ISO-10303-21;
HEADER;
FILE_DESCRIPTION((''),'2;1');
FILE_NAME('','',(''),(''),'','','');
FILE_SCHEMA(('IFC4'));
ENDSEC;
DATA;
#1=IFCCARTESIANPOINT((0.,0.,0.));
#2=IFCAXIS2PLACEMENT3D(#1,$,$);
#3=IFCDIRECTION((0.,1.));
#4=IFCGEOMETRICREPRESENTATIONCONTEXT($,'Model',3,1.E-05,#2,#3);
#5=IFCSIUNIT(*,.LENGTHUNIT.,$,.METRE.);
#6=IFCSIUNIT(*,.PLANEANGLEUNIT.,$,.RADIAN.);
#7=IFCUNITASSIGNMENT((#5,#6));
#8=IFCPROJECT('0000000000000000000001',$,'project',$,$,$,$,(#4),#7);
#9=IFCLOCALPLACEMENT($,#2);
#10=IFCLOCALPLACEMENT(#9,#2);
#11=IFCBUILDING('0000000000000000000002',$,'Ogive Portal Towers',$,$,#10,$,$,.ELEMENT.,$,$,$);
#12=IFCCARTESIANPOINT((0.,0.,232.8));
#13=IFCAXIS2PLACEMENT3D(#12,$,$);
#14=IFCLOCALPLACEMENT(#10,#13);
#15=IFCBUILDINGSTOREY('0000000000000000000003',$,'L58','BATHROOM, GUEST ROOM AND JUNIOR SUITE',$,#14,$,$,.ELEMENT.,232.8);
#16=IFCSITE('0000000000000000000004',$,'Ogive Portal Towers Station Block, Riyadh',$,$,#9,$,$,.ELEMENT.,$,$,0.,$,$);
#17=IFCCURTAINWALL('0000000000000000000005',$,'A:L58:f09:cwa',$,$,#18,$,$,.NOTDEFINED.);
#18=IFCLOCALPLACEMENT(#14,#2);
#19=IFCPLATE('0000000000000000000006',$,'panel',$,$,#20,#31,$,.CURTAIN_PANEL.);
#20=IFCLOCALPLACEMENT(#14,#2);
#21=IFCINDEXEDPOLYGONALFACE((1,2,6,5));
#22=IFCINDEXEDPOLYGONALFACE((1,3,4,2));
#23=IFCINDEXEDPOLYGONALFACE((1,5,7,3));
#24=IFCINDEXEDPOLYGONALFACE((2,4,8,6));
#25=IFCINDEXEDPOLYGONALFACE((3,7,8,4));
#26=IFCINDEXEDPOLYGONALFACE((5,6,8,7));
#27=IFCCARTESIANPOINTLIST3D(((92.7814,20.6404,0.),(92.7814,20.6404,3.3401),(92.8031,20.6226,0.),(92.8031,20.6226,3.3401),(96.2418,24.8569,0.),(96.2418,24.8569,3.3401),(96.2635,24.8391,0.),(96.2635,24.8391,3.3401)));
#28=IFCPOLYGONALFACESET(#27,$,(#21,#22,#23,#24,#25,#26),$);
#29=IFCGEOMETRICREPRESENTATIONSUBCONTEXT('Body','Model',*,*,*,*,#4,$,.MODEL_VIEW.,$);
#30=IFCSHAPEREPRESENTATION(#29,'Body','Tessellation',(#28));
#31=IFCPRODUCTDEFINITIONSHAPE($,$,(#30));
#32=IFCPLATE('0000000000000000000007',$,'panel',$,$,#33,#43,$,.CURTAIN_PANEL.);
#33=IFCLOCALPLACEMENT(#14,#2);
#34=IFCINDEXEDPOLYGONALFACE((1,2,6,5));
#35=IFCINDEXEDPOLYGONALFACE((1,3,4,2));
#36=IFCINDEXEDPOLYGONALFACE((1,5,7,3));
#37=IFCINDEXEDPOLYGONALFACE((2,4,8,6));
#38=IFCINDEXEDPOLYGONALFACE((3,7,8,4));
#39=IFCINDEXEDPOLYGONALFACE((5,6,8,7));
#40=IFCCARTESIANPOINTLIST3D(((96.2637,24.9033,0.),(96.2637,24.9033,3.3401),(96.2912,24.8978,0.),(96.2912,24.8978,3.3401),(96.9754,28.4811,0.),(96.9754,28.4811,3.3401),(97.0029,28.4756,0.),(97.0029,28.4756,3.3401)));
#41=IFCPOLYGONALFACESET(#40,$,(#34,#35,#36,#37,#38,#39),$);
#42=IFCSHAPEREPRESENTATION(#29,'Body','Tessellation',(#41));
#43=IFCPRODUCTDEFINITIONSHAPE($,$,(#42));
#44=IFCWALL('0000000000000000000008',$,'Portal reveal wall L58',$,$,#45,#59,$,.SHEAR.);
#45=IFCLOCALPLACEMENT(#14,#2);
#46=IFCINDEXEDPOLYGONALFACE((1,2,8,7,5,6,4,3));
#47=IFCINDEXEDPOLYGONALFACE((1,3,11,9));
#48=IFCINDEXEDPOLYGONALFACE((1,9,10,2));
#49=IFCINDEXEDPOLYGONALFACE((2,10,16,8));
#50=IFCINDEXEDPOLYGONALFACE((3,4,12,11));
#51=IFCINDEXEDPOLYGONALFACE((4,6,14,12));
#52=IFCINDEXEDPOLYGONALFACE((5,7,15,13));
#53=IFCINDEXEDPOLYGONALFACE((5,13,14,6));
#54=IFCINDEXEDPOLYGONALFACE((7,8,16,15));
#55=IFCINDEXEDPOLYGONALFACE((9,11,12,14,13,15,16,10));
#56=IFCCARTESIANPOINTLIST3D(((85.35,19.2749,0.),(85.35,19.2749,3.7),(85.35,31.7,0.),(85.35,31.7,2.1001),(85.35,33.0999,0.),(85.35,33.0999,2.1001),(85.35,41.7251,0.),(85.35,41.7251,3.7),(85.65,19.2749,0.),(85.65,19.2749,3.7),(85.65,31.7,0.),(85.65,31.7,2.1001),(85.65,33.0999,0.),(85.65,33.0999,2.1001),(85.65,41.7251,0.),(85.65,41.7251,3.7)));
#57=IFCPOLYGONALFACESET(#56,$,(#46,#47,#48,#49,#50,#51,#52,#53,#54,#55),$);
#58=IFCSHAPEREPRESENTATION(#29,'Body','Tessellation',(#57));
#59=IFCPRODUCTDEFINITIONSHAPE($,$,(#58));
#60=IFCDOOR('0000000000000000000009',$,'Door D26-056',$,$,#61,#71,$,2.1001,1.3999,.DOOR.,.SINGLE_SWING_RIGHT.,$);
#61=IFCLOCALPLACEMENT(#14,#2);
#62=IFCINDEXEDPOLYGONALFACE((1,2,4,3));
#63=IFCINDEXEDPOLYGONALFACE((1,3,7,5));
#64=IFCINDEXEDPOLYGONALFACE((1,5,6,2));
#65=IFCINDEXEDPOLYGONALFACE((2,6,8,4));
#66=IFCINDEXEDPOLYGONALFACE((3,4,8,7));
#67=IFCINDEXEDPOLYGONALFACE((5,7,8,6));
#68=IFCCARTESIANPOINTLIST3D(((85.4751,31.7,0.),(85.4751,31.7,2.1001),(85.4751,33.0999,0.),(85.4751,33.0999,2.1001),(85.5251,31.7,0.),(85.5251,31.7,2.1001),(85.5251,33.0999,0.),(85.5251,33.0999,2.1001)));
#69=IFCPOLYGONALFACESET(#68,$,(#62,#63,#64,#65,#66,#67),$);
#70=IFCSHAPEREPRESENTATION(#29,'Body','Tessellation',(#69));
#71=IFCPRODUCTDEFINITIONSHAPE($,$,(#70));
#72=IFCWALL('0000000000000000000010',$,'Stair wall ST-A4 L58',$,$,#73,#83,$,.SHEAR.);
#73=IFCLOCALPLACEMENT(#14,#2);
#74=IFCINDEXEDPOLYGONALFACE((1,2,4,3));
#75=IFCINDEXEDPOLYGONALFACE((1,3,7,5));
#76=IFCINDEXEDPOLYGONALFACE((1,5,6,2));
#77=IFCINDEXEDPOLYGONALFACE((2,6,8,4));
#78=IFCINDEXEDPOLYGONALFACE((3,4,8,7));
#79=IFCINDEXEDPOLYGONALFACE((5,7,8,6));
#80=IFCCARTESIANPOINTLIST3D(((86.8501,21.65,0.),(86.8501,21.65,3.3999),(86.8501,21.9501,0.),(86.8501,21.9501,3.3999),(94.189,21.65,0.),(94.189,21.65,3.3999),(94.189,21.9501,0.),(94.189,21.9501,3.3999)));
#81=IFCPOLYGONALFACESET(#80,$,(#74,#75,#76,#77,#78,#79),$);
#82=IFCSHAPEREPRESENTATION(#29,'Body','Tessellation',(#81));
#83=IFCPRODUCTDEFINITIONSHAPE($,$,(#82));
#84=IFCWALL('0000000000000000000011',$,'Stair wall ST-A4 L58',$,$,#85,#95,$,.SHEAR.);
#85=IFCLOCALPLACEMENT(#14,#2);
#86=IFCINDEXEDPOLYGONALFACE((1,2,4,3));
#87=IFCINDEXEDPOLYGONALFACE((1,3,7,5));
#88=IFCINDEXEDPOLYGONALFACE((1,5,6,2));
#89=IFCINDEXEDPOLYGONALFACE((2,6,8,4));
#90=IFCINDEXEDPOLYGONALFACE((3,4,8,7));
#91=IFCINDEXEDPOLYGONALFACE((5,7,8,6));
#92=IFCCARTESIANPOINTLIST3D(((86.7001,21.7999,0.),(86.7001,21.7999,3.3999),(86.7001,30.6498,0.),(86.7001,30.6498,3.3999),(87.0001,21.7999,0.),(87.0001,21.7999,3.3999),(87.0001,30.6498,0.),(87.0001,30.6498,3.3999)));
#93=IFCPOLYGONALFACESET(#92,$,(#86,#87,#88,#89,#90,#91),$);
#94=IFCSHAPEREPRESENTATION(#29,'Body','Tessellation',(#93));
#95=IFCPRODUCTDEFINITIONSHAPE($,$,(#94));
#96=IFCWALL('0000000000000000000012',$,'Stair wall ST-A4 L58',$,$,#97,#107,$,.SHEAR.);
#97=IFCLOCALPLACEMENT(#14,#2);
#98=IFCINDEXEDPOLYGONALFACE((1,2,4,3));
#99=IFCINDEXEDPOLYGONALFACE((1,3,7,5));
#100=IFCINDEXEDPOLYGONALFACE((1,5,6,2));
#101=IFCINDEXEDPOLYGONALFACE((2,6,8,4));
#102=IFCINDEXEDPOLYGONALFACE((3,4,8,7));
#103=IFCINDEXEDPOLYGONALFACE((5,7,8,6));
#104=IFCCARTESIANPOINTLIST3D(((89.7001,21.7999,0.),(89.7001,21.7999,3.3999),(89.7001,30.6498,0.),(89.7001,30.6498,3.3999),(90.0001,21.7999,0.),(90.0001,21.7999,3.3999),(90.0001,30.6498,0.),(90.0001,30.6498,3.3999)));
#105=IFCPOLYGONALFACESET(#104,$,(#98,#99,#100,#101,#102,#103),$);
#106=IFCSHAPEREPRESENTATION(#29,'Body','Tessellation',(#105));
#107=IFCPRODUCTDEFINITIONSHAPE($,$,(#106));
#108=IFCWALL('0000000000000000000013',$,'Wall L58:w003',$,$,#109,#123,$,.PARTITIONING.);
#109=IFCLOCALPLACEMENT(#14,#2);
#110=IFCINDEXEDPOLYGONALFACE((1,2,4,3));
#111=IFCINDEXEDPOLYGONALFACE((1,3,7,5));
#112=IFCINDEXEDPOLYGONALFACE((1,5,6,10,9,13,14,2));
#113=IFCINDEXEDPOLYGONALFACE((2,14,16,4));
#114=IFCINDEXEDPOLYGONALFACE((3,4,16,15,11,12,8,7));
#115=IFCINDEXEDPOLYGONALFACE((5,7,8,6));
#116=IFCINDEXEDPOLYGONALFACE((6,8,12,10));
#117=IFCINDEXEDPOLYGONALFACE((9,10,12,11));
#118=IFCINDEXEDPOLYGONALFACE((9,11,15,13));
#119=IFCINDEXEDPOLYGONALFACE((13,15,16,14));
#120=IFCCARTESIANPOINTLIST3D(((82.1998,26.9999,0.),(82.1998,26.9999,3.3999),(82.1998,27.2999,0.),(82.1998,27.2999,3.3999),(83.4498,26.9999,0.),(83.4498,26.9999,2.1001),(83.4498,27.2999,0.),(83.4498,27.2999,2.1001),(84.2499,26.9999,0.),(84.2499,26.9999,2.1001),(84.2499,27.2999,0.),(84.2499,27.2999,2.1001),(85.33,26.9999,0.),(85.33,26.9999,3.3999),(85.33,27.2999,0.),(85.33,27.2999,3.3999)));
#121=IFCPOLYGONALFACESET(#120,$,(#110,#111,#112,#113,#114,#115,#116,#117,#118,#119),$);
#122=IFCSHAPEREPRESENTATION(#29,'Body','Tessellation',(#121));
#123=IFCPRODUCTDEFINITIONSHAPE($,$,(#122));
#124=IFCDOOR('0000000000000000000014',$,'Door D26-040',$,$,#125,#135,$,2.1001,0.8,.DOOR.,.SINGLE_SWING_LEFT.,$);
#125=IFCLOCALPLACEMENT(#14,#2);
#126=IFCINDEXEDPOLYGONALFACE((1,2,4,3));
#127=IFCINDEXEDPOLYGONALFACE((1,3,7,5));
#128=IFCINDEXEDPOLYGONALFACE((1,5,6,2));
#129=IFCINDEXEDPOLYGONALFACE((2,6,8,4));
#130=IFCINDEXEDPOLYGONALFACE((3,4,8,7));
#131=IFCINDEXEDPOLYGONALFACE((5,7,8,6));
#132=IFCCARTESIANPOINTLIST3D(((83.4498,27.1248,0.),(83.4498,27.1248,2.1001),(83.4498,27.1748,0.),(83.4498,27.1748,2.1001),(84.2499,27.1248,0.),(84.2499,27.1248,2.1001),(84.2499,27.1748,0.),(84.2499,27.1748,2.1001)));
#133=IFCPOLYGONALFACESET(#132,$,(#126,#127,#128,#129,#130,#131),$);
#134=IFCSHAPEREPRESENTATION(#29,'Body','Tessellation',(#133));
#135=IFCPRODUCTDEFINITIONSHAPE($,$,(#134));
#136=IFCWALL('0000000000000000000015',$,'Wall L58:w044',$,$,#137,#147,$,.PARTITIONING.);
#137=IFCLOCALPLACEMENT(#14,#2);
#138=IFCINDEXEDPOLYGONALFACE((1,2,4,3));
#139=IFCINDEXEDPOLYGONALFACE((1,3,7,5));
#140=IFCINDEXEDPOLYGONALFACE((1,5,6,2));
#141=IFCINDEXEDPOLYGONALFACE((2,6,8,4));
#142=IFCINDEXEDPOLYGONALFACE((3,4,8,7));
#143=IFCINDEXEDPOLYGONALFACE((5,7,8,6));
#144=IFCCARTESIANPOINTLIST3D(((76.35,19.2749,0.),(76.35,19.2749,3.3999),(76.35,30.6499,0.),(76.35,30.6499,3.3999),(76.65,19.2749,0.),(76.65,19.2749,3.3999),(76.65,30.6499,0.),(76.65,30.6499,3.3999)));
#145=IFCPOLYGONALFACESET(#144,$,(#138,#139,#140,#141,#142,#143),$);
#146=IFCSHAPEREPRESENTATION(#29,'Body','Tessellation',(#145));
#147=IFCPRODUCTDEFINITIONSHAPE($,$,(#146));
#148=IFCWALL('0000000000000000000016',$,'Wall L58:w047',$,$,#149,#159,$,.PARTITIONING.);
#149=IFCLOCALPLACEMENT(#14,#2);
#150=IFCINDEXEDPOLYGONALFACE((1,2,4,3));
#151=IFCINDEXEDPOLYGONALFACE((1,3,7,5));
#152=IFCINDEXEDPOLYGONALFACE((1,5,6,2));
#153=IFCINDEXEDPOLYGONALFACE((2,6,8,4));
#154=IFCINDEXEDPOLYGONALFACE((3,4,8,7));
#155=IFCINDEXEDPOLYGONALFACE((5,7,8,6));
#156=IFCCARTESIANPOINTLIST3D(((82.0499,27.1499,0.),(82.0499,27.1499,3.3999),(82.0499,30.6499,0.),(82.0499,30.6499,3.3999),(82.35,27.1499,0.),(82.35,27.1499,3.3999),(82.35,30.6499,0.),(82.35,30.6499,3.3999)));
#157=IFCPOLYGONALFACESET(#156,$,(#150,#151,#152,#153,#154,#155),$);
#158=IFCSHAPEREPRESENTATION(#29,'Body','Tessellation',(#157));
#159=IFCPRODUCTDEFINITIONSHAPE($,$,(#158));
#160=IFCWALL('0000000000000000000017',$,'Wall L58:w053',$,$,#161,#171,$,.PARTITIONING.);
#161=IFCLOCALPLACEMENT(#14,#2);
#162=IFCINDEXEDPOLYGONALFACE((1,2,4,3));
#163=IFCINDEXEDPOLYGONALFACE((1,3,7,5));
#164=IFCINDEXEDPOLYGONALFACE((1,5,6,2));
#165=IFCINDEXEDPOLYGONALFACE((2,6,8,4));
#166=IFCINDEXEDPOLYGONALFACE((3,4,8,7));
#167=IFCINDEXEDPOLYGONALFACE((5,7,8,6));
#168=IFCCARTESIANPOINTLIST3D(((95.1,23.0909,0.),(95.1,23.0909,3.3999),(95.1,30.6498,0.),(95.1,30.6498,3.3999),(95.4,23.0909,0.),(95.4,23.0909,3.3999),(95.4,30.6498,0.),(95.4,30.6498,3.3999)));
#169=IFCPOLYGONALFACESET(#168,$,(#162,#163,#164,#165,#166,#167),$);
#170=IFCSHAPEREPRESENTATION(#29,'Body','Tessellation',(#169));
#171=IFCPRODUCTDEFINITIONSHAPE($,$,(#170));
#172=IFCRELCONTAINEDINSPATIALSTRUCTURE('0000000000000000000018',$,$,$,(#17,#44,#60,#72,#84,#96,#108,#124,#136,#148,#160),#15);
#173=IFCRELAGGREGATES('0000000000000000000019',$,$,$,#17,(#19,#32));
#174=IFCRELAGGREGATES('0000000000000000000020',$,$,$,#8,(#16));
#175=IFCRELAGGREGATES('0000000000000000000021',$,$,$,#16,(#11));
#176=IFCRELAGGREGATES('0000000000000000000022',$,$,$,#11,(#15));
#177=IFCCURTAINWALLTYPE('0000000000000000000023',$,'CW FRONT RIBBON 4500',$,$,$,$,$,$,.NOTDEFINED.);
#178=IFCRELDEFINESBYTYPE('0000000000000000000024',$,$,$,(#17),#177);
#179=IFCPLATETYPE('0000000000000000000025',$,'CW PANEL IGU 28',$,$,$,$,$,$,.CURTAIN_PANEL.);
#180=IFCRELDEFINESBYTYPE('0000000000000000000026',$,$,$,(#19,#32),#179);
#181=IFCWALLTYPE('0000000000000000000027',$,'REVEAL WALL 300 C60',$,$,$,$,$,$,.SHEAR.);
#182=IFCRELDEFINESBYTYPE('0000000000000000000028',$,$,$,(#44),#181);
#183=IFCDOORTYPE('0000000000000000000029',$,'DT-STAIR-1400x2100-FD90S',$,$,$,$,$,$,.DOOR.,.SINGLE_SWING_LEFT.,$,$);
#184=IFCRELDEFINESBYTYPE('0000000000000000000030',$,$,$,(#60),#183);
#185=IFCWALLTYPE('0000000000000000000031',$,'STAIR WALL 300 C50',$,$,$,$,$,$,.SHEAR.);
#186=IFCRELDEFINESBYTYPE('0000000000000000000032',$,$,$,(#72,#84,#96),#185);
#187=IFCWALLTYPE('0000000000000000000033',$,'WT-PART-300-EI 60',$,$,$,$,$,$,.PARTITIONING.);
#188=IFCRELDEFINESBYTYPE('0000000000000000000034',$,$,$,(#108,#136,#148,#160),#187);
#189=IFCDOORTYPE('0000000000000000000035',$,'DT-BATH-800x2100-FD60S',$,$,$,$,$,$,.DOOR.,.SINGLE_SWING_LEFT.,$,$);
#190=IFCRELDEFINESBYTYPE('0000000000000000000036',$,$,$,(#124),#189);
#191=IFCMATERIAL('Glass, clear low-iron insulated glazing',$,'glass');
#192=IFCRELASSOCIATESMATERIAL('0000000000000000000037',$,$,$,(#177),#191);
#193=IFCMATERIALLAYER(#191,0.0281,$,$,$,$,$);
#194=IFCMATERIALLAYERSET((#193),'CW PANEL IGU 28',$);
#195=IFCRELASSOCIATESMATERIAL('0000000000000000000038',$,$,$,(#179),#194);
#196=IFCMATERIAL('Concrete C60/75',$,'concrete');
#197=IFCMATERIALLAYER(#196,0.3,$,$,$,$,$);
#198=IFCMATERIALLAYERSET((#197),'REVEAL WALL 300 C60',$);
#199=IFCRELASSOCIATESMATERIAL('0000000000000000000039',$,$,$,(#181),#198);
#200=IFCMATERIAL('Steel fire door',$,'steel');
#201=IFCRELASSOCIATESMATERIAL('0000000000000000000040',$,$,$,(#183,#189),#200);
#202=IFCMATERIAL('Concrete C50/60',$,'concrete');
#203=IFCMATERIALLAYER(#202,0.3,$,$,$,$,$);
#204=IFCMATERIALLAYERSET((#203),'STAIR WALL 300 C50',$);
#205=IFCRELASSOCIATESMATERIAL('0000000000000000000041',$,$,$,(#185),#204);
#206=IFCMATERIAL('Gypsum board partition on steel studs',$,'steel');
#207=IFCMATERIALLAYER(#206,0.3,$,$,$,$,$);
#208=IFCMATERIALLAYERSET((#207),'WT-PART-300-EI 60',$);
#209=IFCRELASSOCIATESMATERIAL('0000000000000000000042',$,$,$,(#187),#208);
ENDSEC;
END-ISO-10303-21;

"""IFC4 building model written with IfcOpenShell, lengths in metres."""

from ifc_helpers import new_model, si_unit, direction, frame, frame_2d, origin, origin_2d, place, context, subcontext, project, spatial, rectangle, extrude, material, layer, layer_set, type_object, element, fill, aggregate, save


model = new_model("IFC4")

# Units and contexts
model_context = context("Model", 3, precision=1e-05, world=origin(), true_north=direction((0.0, 1.0)))
body_context = subcontext(model_context, "Body", "Model", "MODEL_VIEW")
ifc_project = project(units=[si_unit("LENGTHUNIT", "METRE"), si_unit("PLANEANGLEUNIT", "RADIAN")], contexts=[model_context])

# Site, building, storey
site_placement = place(None, origin())
site = spatial("IfcSite", under=ifc_project, at=site_placement, Name="Ogive Portal Towers Station Block, Riyadh", CompositionType="ELEMENT", RefElevation=0.0)
building_placement = place(site_placement, origin())
building = spatial("IfcBuilding", under=site, at=building_placement, Name="Ogive Portal Towers", CompositionType="ELEMENT")
storey_placement = place(building_placement, frame((0.0, 0.0, 232.8)))
storey = spatial("IfcBuildingStorey", under=building, at=storey_placement, Name="L58", Description="BATHROOM, GUEST ROOM AND JUNIOR SUITE", CompositionType="ELEMENT", Elevation=232.8)

# Shared definitions
ifc_material_1 = material(Name="Concrete C60/75", Category="concrete")

# Shared definitions
ifc_material_2 = material(Name="Glass, clear low-iron insulated glazing", Category="glass")
curtain_wall_type = type_object("IfcCurtainWallType", Name="CW FRONT RIBBON 4500", PredefinedType="NOTDEFINED", material=ifc_material_2)

# Curtain wall
curtain_wall_1_placement = place(storey_placement, origin())
curtain_wall_1 = element("IfcCurtainWall", 1, at=curtain_wall_1_placement, inside=storey, type_object=curtain_wall_type, Name="A:L58:f09:cwa", PredefinedType="NOTDEFINED")

# Plates
ifc_layer_1 = layer(ifc_material_2, 0.0281)
ifc_layer_set_1 = layer_set([ifc_layer_1], Name="CW PANEL IGU 28")
plate_type = type_object("IfcPlateType", Name="CW PANEL IGU 28", PredefinedType="CURTAIN_PANEL", material=ifc_layer_set_1)
plate_1_placement = place(storey_placement, frame((94.5225, 22.7397, 0.0), z_axis=(0.0, 0.0, 1.0), x_axis=(0.634393, 0.77301, 0.0)))
plate_1 = element("IfcPlate", 2, at=plate_1_placement, type_object=plate_type, Name="panel", PredefinedType="CURTAIN_PANEL", context=body_context, shape_type="SweptSolid", body=[
    extrude(rectangle(XDim=5.4546, YDim=0.0281, at=origin_2d()), origin(), (0.0, 0.0, 1.0), 3.3401),
])
plate_2_placement = place(storey_placement, frame((96.6333, 26.6895, 0.0), z_axis=(0.0, 0.0, 1.0), x_axis=(0.19509, 0.980785, 0.0)))
plate_2 = element("IfcPlate", 3, at=plate_2_placement, type_object=plate_type, Name="panel", PredefinedType="CURTAIN_PANEL", context=body_context, shape_type="SweptSolid", body=[
    extrude(rectangle(XDim=3.6479, YDim=0.0281, at=origin_2d()), origin(), (0.0, 0.0, 1.0), 3.3401),
])
aggregate(curtain_wall_1, [plate_1, plate_2])

# Wall, opening, door
ifc_layer_2 = layer(ifc_material_1, 0.3)
ifc_layer_set_2 = layer_set([ifc_layer_2], Name="REVEAL WALL 300 C60")
wall_type_1 = type_object("IfcWallType", Name="REVEAL WALL 300 C60", PredefinedType="SHEAR", material=ifc_layer_set_2)
wall_1_placement = place(storey_placement, frame((85.5, 19.2749, 0.0), z_axis=(0.0, 0.0, 1.0), x_axis=(0.0, 1.0, 0.0)))
wall_1 = element("IfcWall", 4, at=wall_1_placement, inside=storey, type_object=wall_type_1, Name="Portal reveal wall L58", PredefinedType="SHEAR", context=body_context, shape_type="SweptSolid", body=[
    extrude(rectangle(XDim=22.4502, YDim=0.3, at=frame_2d((11.2251, 0.0))), origin(), (0.0, 0.0, 1.0), 3.7),
])
opening_1_placement = place(wall_1_placement, frame((12.425, 0.0, 0.0)))
opening_1 = element("IfcOpeningElement", 5, at=opening_1_placement, cuts=wall_1, PredefinedType="OPENING", context=body_context, shape_type="SweptSolid", body=[
    extrude(rectangle(XDim=1.3999, YDim=2.1001, at=frame_2d((0.7, 1.05))), frame((0.0, 0.1602, 0.0), z_axis=(0.0, -1.0, 0.0), x_axis=(1.0, 0.0, 0.0)), (0.0, 0.0, 1.0), 0.3201),
])
ifc_material_3 = material(Name="Steel fire door", Category="steel")
door_type_1 = type_object("IfcDoorType", Name="DT-STAIR-1400x2100-FD90S", OperationType="SINGLE_SWING_LEFT", PredefinedType="DOOR", material=ifc_material_3)
door_1_placement = place(opening_1_placement, origin())
door_1 = element("IfcDoor", 6, at=door_1_placement, inside=storey, type_object=door_type_1, Name="Door D26-056", OperationType="SINGLE_SWING_RIGHT", OverallHeight=2.1001, OverallWidth=1.3999, PredefinedType="DOOR", context=body_context, shape_type="SweptSolid", body=[
    extrude(rectangle(XDim=1.3999, YDim=2.1001, at=frame_2d((0.7, 1.05))), frame((0.0, 0.0249, 0.0), z_axis=(0.0, -1.0, 0.0), x_axis=(1.0, 0.0, 0.0)), (0.0, 0.0, 1.0), 0.05),
])
fill(opening_1, door_1)

# Walls
ifc_material_4 = material(Name="Concrete C50/60", Category="concrete")
ifc_layer_3 = layer(ifc_material_4, 0.3)
ifc_layer_set_3 = layer_set([ifc_layer_3], Name="STAIR WALL 300 C50")
wall_type_2 = type_object("IfcWallType", Name="STAIR WALL 300 C50", PredefinedType="SHEAR", material=ifc_layer_set_3)
wall_2_placement = place(storey_placement, frame((86.8501, 21.8, 0.0), z_axis=(0.0, 0.0, 1.0), x_axis=(1.0, 0.0, 0.0)))
element("IfcWall", 7, at=wall_2_placement, inside=storey, type_object=wall_type_2, Name="Stair wall ST-A4 L58", PredefinedType="SHEAR", context=body_context, shape_type="SweptSolid", body=[
    extrude(rectangle(XDim=7.3389, YDim=0.3, at=frame_2d((3.6694, 0.0))), origin(), (0.0, 0.0, 1.0), 3.3999),
])
for number, where, z_axis, x_axis, name in (
    (8, (86.8501, 21.8, 0.0), (0.0, 0.0, 1.0), (0.0, 1.0, 0.0), "Stair wall ST-A4 L58"),
    (9, (89.8501, 21.8, 0.0), (0.0, 0.0, 1.0), (0.0, 1.0, 0.0), "Stair wall ST-A4 L58"),
):
    element("IfcWall", number, at=place(storey_placement, frame(where, z_axis=z_axis, x_axis=x_axis)), inside=storey, type_object=wall_type_2, Name=name, PredefinedType="SHEAR", context=body_context, shape_type="SweptSolid", body=[
        extrude(rectangle(XDim=8.8499, YDim=0.3, at=frame_2d((4.4248, 0.0))), origin(), (0.0, 0.0, 1.0), 3.3999),
    ])

# Wall, opening, door
ifc_material_5 = material(Name="Gypsum board partition on steel studs", Category="steel")
ifc_layer_4 = layer(ifc_material_5, 0.3)
ifc_layer_set_4 = layer_set([ifc_layer_4], Name="WT-PART-300-EI 60")
wall_type_3 = type_object("IfcWallType", Name="WT-PART-300-EI 60", PredefinedType="PARTITIONING", material=ifc_layer_set_4)
wall_3_placement = place(storey_placement, frame((82.2, 27.1499, 0.0), z_axis=(0.0, 0.0, 1.0), x_axis=(1.0, 0.0, 0.0)))
wall_3 = element("IfcWall", 10, at=wall_3_placement, inside=storey, type_object=wall_type_3, Name="Wall L58:w003", PredefinedType="PARTITIONING", context=body_context, shape_type="SweptSolid", body=[
    extrude(rectangle(XDim=3.1301, YDim=0.3, at=frame_2d((1.5649, 0.0))), origin(), (0.0, 0.0, 1.0), 3.3999),
])
opening_2_placement = place(wall_3_placement, frame((1.25, 0.0, 0.0)))
opening_2 = element("IfcOpeningElement", 11, at=opening_2_placement, cuts=wall_3, PredefinedType="OPENING", context=body_context, shape_type="SweptSolid", body=[
    extrude(rectangle(XDim=0.8, YDim=2.1001, at=frame_2d((0.3999, 1.05))), frame((0.0, 0.1602, 0.0), z_axis=(0.0, -1.0, 0.0), x_axis=(1.0, 0.0, 0.0)), (0.0, 0.0, 1.0), 0.3201),
])
door_type_2 = type_object("IfcDoorType", Name="DT-BATH-800x2100-FD60S", OperationType="SINGLE_SWING_LEFT", PredefinedType="DOOR", material=ifc_material_3)
door_2_placement = place(opening_2_placement, origin())
door_2 = element("IfcDoor", 12, at=door_2_placement, inside=storey, type_object=door_type_2, Name="Door D26-040", OperationType="SINGLE_SWING_LEFT", OverallHeight=2.1001, OverallWidth=0.8, PredefinedType="DOOR", context=body_context, shape_type="SweptSolid", body=[
    extrude(rectangle(XDim=0.8, YDim=2.1001, at=frame_2d((0.3999, 1.05))), frame((0.0, 0.0249, 0.0), z_axis=(0.0, -1.0, 0.0), x_axis=(1.0, 0.0, 0.0)), (0.0, 0.0, 1.0), 0.05),
])
fill(opening_2, door_2)

# Walls
wall_4_placement = place(storey_placement, frame((76.5, 19.2749, 0.0), z_axis=(0.0, 0.0, 1.0), x_axis=(0.0, 1.0, 0.0)))
element("IfcWall", 13, at=wall_4_placement, inside=storey, type_object=wall_type_3, Name="Wall L58:w044", PredefinedType="PARTITIONING", context=body_context, shape_type="SweptSolid", body=[
    extrude(rectangle(XDim=11.375, YDim=0.3, at=frame_2d((5.6875, 0.0))), origin(), (0.0, 0.0, 1.0), 3.3999),
])
wall_5_placement = place(storey_placement, frame((82.2, 27.1499, 0.0), z_axis=(0.0, 0.0, 1.0), x_axis=(0.0, 1.0, 0.0)))
element("IfcWall", 14, at=wall_5_placement, inside=storey, type_object=wall_type_3, Name="Wall L58:w047", PredefinedType="PARTITIONING", context=body_context, shape_type="SweptSolid", body=[
    extrude(rectangle(XDim=3.5, YDim=0.3, at=frame_2d((1.75, 0.0))), origin(), (0.0, 0.0, 1.0), 3.3999),
])
wall_6_placement = place(storey_placement, frame((95.25, 23.0911, 0.0), z_axis=(0.0, 0.0, 1.0), x_axis=(0.0, 1.0, 0.0)))
element("IfcWall", 15, at=wall_6_placement, inside=storey, type_object=wall_type_3, Name="Wall L58:w053", PredefinedType="PARTITIONING", context=body_context, shape_type="SweptSolid", body=[
    extrude(rectangle(XDim=7.5588, YDim=0.3, at=frame_2d((3.7793, 0.0))), origin(), (0.0, 0.0, 1.0), 3.3999),
])

save(model, "model.ifc")
